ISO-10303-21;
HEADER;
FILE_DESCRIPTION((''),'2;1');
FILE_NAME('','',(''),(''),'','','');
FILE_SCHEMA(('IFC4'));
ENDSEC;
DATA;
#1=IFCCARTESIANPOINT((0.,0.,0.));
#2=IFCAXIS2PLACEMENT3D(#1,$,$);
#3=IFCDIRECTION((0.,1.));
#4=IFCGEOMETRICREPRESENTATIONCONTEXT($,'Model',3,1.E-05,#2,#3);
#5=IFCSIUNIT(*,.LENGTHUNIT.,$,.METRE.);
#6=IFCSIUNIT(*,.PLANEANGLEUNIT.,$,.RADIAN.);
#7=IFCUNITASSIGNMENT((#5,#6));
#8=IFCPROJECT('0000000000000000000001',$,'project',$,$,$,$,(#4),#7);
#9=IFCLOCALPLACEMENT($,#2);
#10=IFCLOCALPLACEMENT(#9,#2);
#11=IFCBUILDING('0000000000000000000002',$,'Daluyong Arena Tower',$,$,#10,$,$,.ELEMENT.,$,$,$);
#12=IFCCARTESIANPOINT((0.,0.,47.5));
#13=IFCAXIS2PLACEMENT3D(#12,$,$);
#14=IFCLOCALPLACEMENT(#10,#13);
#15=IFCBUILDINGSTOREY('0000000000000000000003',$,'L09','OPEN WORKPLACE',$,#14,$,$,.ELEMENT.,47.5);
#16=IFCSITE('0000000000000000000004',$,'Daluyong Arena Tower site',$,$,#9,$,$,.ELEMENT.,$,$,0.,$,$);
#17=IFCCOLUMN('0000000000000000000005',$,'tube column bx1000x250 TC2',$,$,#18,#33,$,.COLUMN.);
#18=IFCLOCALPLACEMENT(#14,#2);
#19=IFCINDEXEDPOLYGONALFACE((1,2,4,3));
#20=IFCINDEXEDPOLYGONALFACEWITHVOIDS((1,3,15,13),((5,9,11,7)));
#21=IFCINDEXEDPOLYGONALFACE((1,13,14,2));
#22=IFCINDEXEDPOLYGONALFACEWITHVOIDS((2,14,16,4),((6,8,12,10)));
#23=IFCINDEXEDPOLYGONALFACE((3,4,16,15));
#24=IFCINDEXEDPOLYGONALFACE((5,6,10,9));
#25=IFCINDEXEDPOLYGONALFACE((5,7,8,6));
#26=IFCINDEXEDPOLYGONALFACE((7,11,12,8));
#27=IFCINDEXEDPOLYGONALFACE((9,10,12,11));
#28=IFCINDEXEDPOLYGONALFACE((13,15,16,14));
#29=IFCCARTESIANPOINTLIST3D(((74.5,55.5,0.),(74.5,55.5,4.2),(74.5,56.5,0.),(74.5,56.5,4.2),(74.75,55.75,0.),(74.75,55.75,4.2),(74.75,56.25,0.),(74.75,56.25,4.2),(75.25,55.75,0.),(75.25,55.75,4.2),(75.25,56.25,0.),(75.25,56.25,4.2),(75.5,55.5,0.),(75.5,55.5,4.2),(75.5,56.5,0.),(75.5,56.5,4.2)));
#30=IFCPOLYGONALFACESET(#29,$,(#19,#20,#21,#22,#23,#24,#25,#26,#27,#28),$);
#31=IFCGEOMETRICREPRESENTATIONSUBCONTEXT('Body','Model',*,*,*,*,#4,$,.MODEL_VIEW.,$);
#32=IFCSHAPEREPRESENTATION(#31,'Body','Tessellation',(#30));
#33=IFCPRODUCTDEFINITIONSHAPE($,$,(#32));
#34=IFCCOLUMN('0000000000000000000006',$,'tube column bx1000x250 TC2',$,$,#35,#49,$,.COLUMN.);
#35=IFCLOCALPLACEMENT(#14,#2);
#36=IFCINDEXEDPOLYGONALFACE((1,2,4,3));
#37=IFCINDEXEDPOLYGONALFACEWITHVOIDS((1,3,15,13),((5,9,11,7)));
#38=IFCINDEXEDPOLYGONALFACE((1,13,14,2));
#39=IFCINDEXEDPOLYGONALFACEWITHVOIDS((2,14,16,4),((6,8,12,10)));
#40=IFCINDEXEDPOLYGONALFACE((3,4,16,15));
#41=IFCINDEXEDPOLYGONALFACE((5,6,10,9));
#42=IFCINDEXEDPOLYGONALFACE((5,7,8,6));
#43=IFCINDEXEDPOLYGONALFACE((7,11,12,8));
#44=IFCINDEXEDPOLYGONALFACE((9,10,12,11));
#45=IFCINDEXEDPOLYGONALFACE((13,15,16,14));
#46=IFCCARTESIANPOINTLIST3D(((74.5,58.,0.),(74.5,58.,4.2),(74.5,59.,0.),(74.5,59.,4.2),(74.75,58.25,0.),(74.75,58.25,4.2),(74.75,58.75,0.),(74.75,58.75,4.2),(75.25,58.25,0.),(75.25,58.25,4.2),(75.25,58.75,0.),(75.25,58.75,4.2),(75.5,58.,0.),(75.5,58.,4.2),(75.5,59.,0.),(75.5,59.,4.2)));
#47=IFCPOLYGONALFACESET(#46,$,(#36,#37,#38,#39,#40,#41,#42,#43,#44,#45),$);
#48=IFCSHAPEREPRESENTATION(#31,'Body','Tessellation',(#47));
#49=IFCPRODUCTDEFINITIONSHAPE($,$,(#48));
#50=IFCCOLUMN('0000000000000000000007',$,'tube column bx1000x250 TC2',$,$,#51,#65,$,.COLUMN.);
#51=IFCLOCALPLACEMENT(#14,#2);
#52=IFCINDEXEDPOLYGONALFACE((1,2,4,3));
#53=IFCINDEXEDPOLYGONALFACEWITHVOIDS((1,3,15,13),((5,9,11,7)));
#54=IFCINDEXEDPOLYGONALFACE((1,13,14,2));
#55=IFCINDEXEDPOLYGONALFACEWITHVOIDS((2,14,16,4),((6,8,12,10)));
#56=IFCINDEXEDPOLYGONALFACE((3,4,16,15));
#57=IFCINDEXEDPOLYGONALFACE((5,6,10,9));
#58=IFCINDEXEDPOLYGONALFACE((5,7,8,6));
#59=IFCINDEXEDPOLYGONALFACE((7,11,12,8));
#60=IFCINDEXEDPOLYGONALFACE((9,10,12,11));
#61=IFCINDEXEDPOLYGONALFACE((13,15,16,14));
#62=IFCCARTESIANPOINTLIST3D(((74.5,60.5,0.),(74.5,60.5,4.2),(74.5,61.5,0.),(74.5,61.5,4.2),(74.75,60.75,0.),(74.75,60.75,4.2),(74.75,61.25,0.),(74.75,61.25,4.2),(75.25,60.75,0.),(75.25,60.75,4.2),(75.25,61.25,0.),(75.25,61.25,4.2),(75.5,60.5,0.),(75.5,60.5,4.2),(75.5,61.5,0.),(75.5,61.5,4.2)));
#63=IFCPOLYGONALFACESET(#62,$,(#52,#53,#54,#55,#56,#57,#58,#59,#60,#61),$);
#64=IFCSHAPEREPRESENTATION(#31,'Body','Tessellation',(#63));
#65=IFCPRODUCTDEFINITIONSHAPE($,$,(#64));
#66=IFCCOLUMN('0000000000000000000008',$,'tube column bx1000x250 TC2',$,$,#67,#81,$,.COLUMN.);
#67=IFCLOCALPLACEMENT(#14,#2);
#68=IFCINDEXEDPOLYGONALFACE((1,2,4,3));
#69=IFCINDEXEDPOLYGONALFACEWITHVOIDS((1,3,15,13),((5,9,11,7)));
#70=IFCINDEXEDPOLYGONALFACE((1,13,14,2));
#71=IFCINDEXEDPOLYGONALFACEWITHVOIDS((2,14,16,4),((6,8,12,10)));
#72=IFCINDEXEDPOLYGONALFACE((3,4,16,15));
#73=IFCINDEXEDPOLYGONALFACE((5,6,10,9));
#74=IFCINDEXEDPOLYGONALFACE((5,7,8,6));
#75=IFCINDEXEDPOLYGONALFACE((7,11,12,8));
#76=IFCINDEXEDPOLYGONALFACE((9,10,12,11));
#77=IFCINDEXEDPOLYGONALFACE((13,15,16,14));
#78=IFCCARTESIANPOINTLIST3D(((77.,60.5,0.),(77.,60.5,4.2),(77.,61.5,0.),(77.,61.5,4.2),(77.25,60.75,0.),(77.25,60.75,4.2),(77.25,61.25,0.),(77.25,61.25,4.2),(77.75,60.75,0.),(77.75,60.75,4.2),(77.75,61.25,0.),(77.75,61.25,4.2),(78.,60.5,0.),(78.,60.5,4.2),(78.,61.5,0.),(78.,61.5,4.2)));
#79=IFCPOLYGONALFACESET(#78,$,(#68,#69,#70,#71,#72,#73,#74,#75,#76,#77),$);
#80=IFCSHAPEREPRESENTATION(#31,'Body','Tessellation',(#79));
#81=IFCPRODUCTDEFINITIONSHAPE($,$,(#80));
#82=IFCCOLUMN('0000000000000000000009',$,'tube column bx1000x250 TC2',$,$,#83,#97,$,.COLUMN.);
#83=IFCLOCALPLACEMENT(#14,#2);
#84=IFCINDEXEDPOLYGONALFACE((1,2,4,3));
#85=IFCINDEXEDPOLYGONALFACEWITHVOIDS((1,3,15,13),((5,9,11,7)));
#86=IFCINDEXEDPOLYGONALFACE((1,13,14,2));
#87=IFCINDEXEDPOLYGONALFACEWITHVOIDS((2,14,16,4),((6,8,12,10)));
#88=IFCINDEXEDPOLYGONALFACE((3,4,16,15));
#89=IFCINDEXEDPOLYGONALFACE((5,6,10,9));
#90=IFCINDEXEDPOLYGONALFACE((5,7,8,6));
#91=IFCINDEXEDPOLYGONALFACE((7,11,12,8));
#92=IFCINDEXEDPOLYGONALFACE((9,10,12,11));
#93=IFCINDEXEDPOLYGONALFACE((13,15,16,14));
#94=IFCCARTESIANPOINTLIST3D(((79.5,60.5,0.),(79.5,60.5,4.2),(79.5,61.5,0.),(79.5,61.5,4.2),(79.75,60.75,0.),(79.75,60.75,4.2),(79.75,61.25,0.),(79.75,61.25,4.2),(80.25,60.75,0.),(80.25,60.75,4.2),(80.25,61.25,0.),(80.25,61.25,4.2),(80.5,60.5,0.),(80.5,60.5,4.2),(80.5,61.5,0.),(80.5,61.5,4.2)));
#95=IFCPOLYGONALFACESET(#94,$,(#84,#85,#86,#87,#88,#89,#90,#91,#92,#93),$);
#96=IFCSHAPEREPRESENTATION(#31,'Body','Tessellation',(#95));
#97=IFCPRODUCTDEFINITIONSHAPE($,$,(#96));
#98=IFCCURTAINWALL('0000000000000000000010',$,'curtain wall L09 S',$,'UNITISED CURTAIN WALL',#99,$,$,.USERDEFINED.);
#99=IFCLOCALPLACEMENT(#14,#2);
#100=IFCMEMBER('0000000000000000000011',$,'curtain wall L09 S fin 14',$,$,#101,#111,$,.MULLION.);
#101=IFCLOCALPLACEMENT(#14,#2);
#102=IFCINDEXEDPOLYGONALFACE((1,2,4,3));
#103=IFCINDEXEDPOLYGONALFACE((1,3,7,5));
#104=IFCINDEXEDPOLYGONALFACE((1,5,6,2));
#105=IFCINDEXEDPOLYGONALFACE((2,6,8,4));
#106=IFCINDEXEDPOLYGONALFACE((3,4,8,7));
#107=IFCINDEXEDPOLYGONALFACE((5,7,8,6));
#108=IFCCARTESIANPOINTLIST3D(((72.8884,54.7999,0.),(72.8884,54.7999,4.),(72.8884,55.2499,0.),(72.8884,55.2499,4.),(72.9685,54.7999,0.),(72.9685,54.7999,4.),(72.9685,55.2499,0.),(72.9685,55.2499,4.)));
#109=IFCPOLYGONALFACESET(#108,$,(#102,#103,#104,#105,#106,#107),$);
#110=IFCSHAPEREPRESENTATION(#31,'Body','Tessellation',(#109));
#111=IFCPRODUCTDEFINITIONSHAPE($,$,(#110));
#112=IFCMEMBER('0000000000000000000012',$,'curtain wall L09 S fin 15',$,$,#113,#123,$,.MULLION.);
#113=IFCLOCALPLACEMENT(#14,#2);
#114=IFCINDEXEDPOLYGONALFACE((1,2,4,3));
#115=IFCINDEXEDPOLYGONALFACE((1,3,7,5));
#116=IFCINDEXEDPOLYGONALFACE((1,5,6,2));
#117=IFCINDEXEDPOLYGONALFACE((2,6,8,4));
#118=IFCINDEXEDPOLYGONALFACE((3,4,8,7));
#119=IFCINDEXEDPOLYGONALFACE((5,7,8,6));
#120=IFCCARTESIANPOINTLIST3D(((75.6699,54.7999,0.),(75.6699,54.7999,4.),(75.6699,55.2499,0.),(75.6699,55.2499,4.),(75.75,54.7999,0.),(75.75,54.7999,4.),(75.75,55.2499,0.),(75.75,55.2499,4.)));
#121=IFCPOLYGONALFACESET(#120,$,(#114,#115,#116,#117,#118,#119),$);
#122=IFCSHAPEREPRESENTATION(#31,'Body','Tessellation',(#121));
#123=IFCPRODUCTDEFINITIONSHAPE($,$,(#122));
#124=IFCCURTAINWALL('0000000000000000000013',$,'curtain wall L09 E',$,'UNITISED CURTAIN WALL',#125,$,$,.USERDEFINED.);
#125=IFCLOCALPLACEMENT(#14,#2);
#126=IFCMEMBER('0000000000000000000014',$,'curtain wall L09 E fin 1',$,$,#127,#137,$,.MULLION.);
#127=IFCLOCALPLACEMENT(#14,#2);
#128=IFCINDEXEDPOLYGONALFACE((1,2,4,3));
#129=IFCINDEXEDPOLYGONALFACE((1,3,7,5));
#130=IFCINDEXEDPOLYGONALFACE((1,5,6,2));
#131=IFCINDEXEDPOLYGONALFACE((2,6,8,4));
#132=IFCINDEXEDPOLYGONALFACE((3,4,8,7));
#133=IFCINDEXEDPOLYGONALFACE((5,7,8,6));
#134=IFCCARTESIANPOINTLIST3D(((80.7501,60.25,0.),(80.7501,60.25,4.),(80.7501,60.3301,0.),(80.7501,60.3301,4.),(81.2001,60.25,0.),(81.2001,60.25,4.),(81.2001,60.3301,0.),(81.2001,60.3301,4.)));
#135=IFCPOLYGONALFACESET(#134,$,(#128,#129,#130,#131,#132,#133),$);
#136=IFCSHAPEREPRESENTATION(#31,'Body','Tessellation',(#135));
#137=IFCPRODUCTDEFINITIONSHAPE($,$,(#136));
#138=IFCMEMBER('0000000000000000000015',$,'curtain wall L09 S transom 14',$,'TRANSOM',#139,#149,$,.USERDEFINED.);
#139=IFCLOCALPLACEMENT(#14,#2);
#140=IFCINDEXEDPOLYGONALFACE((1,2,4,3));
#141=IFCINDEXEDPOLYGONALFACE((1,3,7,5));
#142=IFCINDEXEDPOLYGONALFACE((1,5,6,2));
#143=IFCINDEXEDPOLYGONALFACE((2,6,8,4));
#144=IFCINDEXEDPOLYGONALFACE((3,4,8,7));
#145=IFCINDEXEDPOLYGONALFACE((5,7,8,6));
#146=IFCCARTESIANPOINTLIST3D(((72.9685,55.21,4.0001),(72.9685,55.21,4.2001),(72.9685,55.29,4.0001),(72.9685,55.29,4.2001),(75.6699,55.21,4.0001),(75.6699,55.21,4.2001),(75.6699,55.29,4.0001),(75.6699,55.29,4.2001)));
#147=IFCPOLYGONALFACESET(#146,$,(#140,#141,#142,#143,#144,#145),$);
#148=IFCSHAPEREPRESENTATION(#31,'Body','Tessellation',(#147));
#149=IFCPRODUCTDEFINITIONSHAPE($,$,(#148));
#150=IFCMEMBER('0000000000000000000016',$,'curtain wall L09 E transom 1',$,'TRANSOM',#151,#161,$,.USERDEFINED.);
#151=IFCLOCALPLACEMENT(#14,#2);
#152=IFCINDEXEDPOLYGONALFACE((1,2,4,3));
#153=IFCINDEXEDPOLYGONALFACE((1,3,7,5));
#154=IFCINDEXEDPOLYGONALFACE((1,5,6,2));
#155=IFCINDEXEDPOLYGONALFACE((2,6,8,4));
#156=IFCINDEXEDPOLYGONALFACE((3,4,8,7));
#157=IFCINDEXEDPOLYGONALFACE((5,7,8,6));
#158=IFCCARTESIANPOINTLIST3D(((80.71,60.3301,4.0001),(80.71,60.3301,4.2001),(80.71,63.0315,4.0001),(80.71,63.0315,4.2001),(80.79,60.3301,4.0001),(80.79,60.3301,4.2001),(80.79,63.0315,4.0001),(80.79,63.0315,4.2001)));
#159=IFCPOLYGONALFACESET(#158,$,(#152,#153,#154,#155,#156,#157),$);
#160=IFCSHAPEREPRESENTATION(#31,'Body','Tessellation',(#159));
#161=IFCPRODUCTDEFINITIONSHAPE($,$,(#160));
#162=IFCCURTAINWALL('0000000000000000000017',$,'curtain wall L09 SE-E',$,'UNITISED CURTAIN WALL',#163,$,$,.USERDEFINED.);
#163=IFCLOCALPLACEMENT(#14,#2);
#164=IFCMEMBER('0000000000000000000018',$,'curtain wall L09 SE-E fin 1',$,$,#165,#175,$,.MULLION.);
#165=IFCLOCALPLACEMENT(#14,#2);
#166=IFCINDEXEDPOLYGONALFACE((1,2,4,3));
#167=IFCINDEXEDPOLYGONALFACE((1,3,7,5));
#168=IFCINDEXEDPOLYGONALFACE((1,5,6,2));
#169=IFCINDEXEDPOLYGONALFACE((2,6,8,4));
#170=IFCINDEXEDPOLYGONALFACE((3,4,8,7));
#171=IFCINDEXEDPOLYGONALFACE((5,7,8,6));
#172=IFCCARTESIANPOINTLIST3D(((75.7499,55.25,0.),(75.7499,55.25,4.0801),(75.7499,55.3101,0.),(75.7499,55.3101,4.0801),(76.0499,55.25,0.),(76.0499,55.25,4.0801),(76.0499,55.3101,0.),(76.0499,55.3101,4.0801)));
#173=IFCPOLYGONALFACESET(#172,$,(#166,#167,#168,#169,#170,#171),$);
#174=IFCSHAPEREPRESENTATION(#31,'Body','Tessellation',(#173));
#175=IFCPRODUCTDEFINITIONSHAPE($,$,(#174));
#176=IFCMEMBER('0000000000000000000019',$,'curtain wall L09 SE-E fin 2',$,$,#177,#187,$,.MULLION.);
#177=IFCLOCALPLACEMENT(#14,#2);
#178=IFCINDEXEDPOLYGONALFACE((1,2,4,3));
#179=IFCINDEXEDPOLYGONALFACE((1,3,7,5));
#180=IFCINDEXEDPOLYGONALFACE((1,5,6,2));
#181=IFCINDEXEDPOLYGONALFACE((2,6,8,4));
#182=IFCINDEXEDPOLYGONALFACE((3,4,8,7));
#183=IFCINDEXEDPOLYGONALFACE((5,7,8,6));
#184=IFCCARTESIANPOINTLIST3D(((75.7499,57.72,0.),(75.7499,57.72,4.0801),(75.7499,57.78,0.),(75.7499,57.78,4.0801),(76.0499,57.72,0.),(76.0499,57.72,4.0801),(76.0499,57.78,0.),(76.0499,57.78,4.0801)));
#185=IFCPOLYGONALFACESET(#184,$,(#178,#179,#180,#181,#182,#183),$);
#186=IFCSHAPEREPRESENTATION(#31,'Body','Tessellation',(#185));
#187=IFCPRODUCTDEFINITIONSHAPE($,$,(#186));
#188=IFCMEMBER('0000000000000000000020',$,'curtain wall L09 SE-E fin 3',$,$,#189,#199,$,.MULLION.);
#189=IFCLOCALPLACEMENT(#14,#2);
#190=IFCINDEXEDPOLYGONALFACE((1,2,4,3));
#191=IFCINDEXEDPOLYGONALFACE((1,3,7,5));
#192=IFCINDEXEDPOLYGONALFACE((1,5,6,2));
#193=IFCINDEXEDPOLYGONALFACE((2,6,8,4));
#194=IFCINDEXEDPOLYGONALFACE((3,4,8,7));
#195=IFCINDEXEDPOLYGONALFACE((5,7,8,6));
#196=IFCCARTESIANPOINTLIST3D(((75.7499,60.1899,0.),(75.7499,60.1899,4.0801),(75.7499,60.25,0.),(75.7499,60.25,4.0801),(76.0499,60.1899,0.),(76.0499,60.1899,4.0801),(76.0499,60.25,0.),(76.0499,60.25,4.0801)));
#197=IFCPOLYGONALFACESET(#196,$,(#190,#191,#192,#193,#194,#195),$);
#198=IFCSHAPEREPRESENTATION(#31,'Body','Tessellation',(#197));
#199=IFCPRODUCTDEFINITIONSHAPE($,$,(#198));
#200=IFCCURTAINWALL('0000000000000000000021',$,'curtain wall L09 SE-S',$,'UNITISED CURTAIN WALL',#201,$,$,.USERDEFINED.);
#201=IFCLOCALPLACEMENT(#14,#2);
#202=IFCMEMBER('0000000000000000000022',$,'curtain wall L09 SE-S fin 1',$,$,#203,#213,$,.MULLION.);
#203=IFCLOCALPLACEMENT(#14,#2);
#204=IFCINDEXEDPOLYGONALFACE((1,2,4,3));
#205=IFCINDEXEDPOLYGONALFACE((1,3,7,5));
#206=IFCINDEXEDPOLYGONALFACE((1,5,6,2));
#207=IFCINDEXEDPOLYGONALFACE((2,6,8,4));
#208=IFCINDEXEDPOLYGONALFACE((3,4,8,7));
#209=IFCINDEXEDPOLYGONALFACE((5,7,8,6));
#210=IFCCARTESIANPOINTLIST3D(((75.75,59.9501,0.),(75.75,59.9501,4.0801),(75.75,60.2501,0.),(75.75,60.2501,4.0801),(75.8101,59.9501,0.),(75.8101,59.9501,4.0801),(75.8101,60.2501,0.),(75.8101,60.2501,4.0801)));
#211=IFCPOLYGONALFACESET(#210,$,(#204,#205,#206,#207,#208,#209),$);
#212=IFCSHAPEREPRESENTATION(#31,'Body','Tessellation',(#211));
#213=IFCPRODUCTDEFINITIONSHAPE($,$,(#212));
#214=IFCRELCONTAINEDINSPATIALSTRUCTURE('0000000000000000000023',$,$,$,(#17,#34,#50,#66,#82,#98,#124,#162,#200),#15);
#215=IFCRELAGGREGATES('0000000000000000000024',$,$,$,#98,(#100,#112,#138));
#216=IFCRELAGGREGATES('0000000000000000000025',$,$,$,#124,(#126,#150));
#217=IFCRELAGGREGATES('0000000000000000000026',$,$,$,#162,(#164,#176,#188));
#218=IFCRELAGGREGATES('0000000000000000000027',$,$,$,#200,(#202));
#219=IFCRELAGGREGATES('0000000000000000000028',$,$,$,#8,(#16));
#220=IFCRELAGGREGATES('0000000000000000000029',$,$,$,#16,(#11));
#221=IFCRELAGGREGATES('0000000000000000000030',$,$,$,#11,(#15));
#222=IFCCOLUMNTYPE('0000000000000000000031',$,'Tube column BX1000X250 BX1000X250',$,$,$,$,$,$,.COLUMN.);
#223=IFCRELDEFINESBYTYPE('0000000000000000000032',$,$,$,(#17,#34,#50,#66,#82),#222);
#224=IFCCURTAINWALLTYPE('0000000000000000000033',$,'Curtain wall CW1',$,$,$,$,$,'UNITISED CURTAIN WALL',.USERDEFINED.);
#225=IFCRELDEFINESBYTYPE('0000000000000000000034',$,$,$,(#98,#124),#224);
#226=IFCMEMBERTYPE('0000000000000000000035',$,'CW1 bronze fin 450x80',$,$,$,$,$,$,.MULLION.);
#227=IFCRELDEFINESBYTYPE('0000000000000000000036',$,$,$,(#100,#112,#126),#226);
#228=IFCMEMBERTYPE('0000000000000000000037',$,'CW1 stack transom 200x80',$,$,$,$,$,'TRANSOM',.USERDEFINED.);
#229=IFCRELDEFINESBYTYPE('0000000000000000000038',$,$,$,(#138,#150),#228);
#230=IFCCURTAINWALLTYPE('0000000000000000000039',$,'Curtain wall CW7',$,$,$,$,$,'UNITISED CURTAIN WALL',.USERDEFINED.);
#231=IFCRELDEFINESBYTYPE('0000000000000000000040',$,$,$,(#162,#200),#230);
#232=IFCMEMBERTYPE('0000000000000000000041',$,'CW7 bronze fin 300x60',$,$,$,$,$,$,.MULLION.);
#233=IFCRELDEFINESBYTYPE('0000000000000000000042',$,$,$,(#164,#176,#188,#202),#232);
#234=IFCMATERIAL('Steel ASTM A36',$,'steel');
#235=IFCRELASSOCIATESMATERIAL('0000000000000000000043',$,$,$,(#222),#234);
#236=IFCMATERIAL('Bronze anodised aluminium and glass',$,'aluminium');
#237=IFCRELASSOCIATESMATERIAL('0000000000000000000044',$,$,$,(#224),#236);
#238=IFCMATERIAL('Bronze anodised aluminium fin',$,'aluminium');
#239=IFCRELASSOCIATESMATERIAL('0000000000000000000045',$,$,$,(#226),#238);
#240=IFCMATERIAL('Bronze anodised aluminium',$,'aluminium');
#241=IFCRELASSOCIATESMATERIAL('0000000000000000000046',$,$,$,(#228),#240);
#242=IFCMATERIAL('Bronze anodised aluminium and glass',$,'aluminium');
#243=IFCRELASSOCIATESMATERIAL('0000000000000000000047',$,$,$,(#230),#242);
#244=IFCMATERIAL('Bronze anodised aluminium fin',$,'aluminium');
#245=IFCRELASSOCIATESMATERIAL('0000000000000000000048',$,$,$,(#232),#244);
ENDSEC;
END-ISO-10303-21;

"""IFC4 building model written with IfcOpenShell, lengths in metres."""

from ifc_helpers import new_model, si_unit, direction, frame, origin, origin_2d, place, context, subcontext, project, spatial, rectangle, hollow_rectangle, extrude, material, material_profile, profile_set, type_object, element, aggregate, save


model = new_model("IFC4")

# Units and contexts
model_context = context("Model", 3, precision=1e-05, world=origin(), true_north=direction((0.0, 1.0)))
body_context = subcontext(model_context, "Body", "Model", "MODEL_VIEW")
ifc_project = project(units=[si_unit("LENGTHUNIT", "METRE"), si_unit("PLANEANGLEUNIT", "RADIAN")], contexts=[model_context])

# Site, building, storey
site_placement = place(None, origin())
site = spatial("IfcSite", under=ifc_project, at=site_placement, Name="Daluyong Arena Tower site", CompositionType="ELEMENT", RefElevation=0.0)
building_placement = place(site_placement, origin())
building = spatial("IfcBuilding", under=site, at=building_placement, Name="Daluyong Arena Tower", CompositionType="ELEMENT")
storey_placement = place(building_placement, frame((0.0, 0.0, 47.5)))
storey = spatial("IfcBuildingStorey", under=building, at=storey_placement, Name="L09", Description="OPEN WORKPLACE", CompositionType="ELEMENT", Elevation=47.5)

# Columns
ifc_material_1 = material(Name="Steel ASTM A36", Category="steel")
ifc_material_profile_1 = material_profile(ifc_material_1, hollow_rectangle(XDim=1.0, YDim=1.0, WallThickness=0.25, at=origin_2d()))
ifc_profile_set_1 = profile_set([ifc_material_profile_1], Name="Steel ASTM A36")
column_type = type_object("IfcColumnType", Name="Tube column BX1000X250 BX1000X250", PredefinedType="COLUMN", material=ifc_profile_set_1)
for number, where, z_axis, x_axis, name in (
    (1, (75.0, 56.0, 0.0), (0.0, 0.0, 1.0), (0.0, 1.0, 0.0), "tube column bx1000x250 TC2"),
    (2, (75.0, 58.5, 0.0), (0.0, 0.0, 1.0), (0.0, 1.0, 0.0), "tube column bx1000x250 TC2"),
    (3, (75.0, 61.0, 0.0), (0.0, 0.0, 1.0), (1.0, 0.0, 0.0), "tube column bx1000x250 TC2"),
    (4, (77.5, 61.0, 0.0), (0.0, 0.0, 1.0), (1.0, 0.0, 0.0), "tube column bx1000x250 TC2"),
    (5, (80.0, 61.0, 0.0), (0.0, 0.0, 1.0), (0.0, 1.0, 0.0), "tube column bx1000x250 TC2"),
):
    element("IfcColumn", number, at=place(storey_placement, frame(where, z_axis=z_axis, x_axis=x_axis)), inside=storey, type_object=column_type, Name=name, PredefinedType="COLUMN", context=body_context, shape_type="SweptSolid", body=[
        extrude(hollow_rectangle(XDim=1.0, YDim=1.0, WallThickness=0.25, at=origin_2d()), origin(), (0.0, 0.0, 1.0), 4.2),
    ])

# Curtain wall, members
ifc_material_2 = material(Name="Bronze anodised aluminium and glass", Category="aluminium")
curtain_wall_type_1 = type_object("IfcCurtainWallType", Name="Curtain wall CW1", ElementType="UNITISED CURTAIN WALL", PredefinedType="USERDEFINED", material=ifc_material_2)
curtain_wall_1_placement = place(storey_placement, origin())
curtain_wall_1 = element("IfcCurtainWall", 6, at=curtain_wall_1_placement, inside=storey, type_object=curtain_wall_type_1, Name="curtain wall L09 S", ObjectType="UNITISED CURTAIN WALL", PredefinedType="USERDEFINED")
ifc_material_3 = material(Name="Bronze anodised aluminium fin", Category="aluminium")
ifc_material_profile_2 = material_profile(ifc_material_3, rectangle(XDim=0.45, YDim=0.0801, at=origin_2d()))
ifc_profile_set_2 = profile_set([ifc_material_profile_2], Name="Bronze anodised aluminium fin")
member_type_1 = type_object("IfcMemberType", Name="CW1 bronze fin 450x80", PredefinedType="MULLION", material=ifc_profile_set_2)
member_1_placement = place(storey_placement, frame((72.9285, 55.0249, 0.0), z_axis=(0.0, 0.0, 1.0), x_axis=(0.0, 1.0, 0.0)))
member_1 = element("IfcMember", 7, at=member_1_placement, type_object=member_type_1, Name="curtain wall L09 S fin 14", PredefinedType="MULLION", context=body_context, shape_type="SweptSolid", body=[
    extrude(rectangle(XDim=0.45, YDim=0.0801, at=origin_2d()), origin(), (0.0, 0.0, 1.0), 4.0),
])
member_2_placement = place(storey_placement, frame((75.71, 55.0249, 0.0), z_axis=(0.0, 0.0, 1.0), x_axis=(0.0, 1.0, 0.0)))
member_2 = element("IfcMember", 8, at=member_2_placement, type_object=member_type_1, Name="curtain wall L09 S fin 15", PredefinedType="MULLION", context=body_context, shape_type="SweptSolid", body=[
    extrude(rectangle(XDim=0.45, YDim=0.0801, at=origin_2d()), origin(), (0.0, 0.0, 1.0), 4.0),
])

# Curtain wall, member
curtain_wall_2_placement = place(storey_placement, origin())
curtain_wall_2 = element("IfcCurtainWall", 9, at=curtain_wall_2_placement, inside=storey, type_object=curtain_wall_type_1, Name="curtain wall L09 E", ObjectType="UNITISED CURTAIN WALL", PredefinedType="USERDEFINED")
member_3_placement = place(storey_placement, frame((80.9751, 60.29, 0.0), z_axis=(0.0, 0.0, 1.0), x_axis=(-1.0, 0.0, 0.0)))
member_3 = element("IfcMember", 10, at=member_3_placement, type_object=member_type_1, Name="curtain wall L09 E fin 1", PredefinedType="MULLION", context=body_context, shape_type="SweptSolid", body=[
    extrude(rectangle(XDim=0.45, YDim=0.0801, at=origin_2d()), origin(), (0.0, 0.0, 1.0), 4.0),
])

# Members
ifc_material_4 = material(Name="Bronze anodised aluminium", Category="aluminium")
ifc_material_profile_3 = material_profile(ifc_material_4, rectangle(XDim=0.0801, YDim=0.2, at=origin_2d()))
ifc_profile_set_3 = profile_set([ifc_material_profile_3], Name="Bronze anodised aluminium")
member_type_2 = type_object("IfcMemberType", Name="CW1 stack transom 200x80", ElementType="TRANSOM", PredefinedType="USERDEFINED", material=ifc_profile_set_3)
member_4_placement = place(storey_placement, frame((72.9685, 55.25, 4.1001), z_axis=(1.0, 0.0, 0.0), x_axis=(0.0, 1.0, 0.0)))
member_4 = element("IfcMember", 11, at=member_4_placement, type_object=member_type_2, Name="curtain wall L09 S transom 14", ObjectType="TRANSOM", PredefinedType="USERDEFINED", context=body_context, shape_type="SweptSolid", body=[
    extrude(rectangle(XDim=0.0801, YDim=0.2, at=origin_2d()), origin(), (0.0, 0.0, 1.0), 2.7014),
])
member_5_placement = place(storey_placement, frame((80.75, 60.3301, 4.1001), z_axis=(0.0, 1.0, 0.0), x_axis=(-1.0, 0.0, 0.0)))
member_5 = element("IfcMember", 12, at=member_5_placement, type_object=member_type_2, Name="curtain wall L09 E transom 1", ObjectType="TRANSOM", PredefinedType="USERDEFINED", context=body_context, shape_type="SweptSolid", body=[
    extrude(rectangle(XDim=0.0801, YDim=0.2, at=origin_2d()), origin(), (0.0, 0.0, 1.0), 2.7014),
])

# Curtain walls, members
ifc_material_5 = material(Name="Bronze anodised aluminium and glass", Category="aluminium")
curtain_wall_type_2 = type_object("IfcCurtainWallType", Name="Curtain wall CW7", ElementType="UNITISED CURTAIN WALL", PredefinedType="USERDEFINED", material=ifc_material_5)
curtain_wall_3_placement = place(storey_placement, origin())
curtain_wall_3 = element("IfcCurtainWall", 13, at=curtain_wall_3_placement, inside=storey, type_object=curtain_wall_type_2, Name="curtain wall L09 SE-E", ObjectType="UNITISED CURTAIN WALL", PredefinedType="USERDEFINED")
ifc_material_6 = material(Name="Bronze anodised aluminium fin", Category="aluminium")
ifc_material_profile_4 = material_profile(ifc_material_6, rectangle(XDim=0.3, YDim=0.0601, at=origin_2d()))
ifc_profile_set_4 = profile_set([ifc_material_profile_4], Name="Bronze anodised aluminium fin")
member_type_3 = type_object("IfcMemberType", Name="CW7 bronze fin 300x60", PredefinedType="MULLION", material=ifc_profile_set_4)
member_6_placement = place(storey_placement, frame((75.8999, 55.28, 0.0), z_axis=(0.0, 0.0, 1.0), x_axis=(-1.0, 0.0, 0.0)))
member_6 = element("IfcMember", 14, at=member_6_placement, type_object=member_type_3, Name="curtain wall L09 SE-E fin 1", PredefinedType="MULLION", context=body_context, shape_type="SweptSolid", body=[
    extrude(rectangle(XDim=0.3, YDim=0.0601, at=origin_2d()), origin(), (0.0, 0.0, 1.0), 4.0801),
])
member_7_placement = place(storey_placement, frame((75.8999, 57.75, 0.0), z_axis=(0.0, 0.0, 1.0), x_axis=(-1.0, 0.0, 0.0)))
member_7 = element("IfcMember", 15, at=member_7_placement, type_object=member_type_3, Name="curtain wall L09 SE-E fin 2", PredefinedType="MULLION", context=body_context, shape_type="SweptSolid", body=[
    extrude(rectangle(XDim=0.3, YDim=0.0601, at=origin_2d()), origin(), (0.0, 0.0, 1.0), 4.0801),
])
member_8_placement = place(storey_placement, frame((75.8999, 60.22, 0.0), z_axis=(0.0, 0.0, 1.0), x_axis=(-1.0, 0.0, 0.0)))
member_8 = element("IfcMember", 16, at=member_8_placement, type_object=member_type_3, Name="curtain wall L09 SE-E fin 3", PredefinedType="MULLION", context=body_context, shape_type="SweptSolid", body=[
    extrude(rectangle(XDim=0.3, YDim=0.0601, at=origin_2d()), origin(), (0.0, 0.0, 1.0), 4.0801),
])
curtain_wall_4_placement = place(storey_placement, origin())
curtain_wall_4 = element("IfcCurtainWall", 17, at=curtain_wall_4_placement, inside=storey, type_object=curtain_wall_type_2, Name="curtain wall L09 SE-S", ObjectType="UNITISED CURTAIN WALL", PredefinedType="USERDEFINED")
member_9_placement = place(storey_placement, frame((75.78, 60.1001, 0.0), z_axis=(0.0, 0.0, 1.0), x_axis=(0.0, 1.0, 0.0)))
member_9 = element("IfcMember", 18, at=member_9_placement, type_object=member_type_3, Name="curtain wall L09 SE-S fin 1", PredefinedType="MULLION", context=body_context, shape_type="SweptSolid", body=[
    extrude(rectangle(XDim=0.3, YDim=0.0601, at=origin_2d()), origin(), (0.0, 0.0, 1.0), 4.0801),
])

aggregate(curtain_wall_1, [member_1, member_2, member_4])
aggregate(curtain_wall_2, [member_3, member_5])
aggregate(curtain_wall_3, [member_6, member_7, member_8])
aggregate(curtain_wall_4, [member_9])

save(model, "model.ifc")
